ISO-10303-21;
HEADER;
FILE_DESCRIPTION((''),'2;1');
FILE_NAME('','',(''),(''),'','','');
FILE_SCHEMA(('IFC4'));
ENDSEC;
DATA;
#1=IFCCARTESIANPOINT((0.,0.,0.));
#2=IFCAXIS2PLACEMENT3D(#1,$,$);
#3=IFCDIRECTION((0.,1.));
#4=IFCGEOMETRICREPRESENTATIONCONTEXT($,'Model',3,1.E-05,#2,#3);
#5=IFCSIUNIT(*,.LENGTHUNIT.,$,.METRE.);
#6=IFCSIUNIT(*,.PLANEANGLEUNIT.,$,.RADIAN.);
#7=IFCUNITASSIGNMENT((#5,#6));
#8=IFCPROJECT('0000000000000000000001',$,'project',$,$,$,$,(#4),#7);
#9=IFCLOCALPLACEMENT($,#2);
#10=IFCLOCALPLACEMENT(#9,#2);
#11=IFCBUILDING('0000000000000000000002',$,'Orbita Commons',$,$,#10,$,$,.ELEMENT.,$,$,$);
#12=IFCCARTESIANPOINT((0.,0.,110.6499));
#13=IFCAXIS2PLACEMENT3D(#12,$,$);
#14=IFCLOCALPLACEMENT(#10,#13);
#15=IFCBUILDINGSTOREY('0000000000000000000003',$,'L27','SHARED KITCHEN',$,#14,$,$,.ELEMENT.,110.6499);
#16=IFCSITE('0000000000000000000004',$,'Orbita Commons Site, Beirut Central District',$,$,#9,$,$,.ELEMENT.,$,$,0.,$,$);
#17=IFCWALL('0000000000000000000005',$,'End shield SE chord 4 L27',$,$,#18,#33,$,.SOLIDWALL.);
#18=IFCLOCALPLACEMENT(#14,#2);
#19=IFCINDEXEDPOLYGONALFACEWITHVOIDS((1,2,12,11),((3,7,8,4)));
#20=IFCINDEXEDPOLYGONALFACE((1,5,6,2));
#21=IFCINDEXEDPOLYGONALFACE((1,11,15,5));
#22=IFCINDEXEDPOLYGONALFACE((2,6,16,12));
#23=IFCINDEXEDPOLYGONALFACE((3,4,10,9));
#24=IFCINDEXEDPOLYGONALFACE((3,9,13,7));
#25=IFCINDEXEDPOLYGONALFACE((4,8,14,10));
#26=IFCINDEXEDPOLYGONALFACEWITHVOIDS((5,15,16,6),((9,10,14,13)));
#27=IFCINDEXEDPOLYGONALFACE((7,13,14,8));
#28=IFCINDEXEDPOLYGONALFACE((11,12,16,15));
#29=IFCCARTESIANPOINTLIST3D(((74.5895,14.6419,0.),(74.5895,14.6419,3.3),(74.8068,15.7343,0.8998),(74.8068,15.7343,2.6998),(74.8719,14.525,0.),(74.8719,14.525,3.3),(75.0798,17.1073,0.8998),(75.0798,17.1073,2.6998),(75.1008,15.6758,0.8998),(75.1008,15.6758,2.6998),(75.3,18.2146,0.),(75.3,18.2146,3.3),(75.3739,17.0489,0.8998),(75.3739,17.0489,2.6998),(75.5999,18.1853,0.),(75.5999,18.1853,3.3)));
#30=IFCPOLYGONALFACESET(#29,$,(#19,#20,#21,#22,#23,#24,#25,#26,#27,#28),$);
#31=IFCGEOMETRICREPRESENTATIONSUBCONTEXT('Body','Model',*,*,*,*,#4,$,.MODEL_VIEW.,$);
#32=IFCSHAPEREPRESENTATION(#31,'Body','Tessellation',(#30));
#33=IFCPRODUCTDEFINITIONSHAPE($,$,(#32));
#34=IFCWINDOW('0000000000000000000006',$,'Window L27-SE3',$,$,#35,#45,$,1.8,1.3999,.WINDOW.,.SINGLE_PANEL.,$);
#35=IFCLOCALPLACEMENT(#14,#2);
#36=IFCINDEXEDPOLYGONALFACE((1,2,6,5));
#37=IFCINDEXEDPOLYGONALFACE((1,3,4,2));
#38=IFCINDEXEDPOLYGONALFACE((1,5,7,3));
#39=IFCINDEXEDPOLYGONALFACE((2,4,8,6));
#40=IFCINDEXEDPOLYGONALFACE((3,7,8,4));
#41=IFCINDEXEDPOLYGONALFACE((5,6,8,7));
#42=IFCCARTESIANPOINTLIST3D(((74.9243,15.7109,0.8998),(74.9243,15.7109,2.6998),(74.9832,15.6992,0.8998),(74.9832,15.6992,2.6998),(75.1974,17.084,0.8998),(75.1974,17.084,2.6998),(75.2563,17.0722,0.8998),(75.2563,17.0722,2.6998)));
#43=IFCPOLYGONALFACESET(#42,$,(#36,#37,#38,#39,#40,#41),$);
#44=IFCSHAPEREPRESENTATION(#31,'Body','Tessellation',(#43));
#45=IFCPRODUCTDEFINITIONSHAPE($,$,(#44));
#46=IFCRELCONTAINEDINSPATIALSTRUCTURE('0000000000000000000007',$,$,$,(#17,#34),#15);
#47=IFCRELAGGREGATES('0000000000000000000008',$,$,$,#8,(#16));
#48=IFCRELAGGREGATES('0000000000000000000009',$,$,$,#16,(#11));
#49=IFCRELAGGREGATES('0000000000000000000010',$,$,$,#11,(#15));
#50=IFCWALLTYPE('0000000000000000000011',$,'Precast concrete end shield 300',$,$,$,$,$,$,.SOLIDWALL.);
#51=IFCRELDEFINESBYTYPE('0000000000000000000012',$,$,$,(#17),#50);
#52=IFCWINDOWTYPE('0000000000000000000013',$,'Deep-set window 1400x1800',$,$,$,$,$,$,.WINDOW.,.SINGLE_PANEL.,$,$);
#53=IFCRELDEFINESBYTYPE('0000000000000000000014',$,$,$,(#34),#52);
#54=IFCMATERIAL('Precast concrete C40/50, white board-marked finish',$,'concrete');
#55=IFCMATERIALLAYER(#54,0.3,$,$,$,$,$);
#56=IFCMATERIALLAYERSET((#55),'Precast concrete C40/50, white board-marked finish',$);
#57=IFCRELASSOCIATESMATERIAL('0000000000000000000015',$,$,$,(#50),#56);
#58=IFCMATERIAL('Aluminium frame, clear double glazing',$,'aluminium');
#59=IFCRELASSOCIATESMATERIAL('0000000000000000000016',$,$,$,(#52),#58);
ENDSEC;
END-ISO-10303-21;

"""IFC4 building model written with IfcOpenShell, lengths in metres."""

from ifc_helpers import new_model, si_unit, direction, frame, frame_2d, origin, place, context, subcontext, project, spatial, polyline, rectangle, outline, extrude, material, layer, layer_set, type_object, element, fill, save


model = new_model("IFC4")

# Units and contexts
model_context = context("Model", 3, precision=1e-05, world=origin(), true_north=direction((0.0, 1.0)))
body_context = subcontext(model_context, "Body", "Model", "MODEL_VIEW")
ifc_project = project(units=[si_unit("LENGTHUNIT", "METRE"), si_unit("PLANEANGLEUNIT", "RADIAN")], contexts=[model_context])

# Site, building, storey
site_placement = place(None, origin())
site = spatial("IfcSite", under=ifc_project, at=site_placement, Name="Orbita Commons Site, Beirut Central District", CompositionType="ELEMENT", RefElevation=0.0)
building_placement = place(site_placement, origin())
building = spatial("IfcBuilding", under=site, at=building_placement, Name="Orbita Commons", CompositionType="ELEMENT")
storey_placement = place(building_placement, frame((0.0, 0.0, 110.6499)))
storey = spatial("IfcBuildingStorey", under=building, at=storey_placement, Name="L27", Description="SHARED KITCHEN", CompositionType="ELEMENT", Elevation=110.6499)

# Shared definitions
ifc_material_1 = material(Name="Precast concrete C40/50, white board-marked finish", Category="concrete")
ifc_layer_1 = layer(ifc_material_1, 0.3)
ifc_layer_set_1 = layer_set([ifc_layer_1], Name="Precast concrete C40/50, white board-marked finish")
wall_type_1 = type_object("IfcWallType", Name="Precast concrete end shield 300", PredefinedType="SOLIDWALL", material=ifc_layer_set_1)

# Wall, opening, window
ifc_material_2 = material(Name="Aluminium frame, clear double glazing", Category="aluminium")
window_type_1 = type_object("IfcWindowType", Name="Deep-set window 1400x1800", PartitioningType="SINGLE_PANEL", PredefinedType="WINDOW", material=ifc_material_2)
wall_1_placement = place(storey_placement, frame((74.7307, 14.5835, 0.0), z_axis=(0.0, 0.0, 1.0), x_axis=(0.195059, 0.980791, 0.0)))
wall_1 = element("IfcWall", 1, at=wall_1_placement, inside=storey, type_object=wall_type_1, Name="End shield SE chord 4 L27", PredefinedType="SOLIDWALL", context=body_context, shape_type="SweptSolid", body=[
    extrude(outline(polyline([(-0.0298, -0.1499), (3.7021, -0.1499), (3.6724, 0.1499), (0.0298, 0.1499), (-0.0298, -0.1499)])), origin(), (0.0, 0.0, 1.0), 3.3),
])
opening_1_placement = place(wall_1_placement, frame((1.1436, 0.0, 0.8999)))
opening_1 = element("IfcOpeningElement", 2, at=opening_1_placement, cuts=wall_1, PredefinedType="OPENING", context=body_context, shape_type="SweptSolid", body=[
    extrude(rectangle(XDim=1.3999, YDim=1.8, at=frame_2d((0.7, 0.8999))), frame((0.0, 0.1599, 0.0), z_axis=(0.0, -1.0, 0.0), x_axis=(1.0, 0.0, 0.0)), (0.0, 0.0, 1.0), 0.3201),
])
window_1_placement = place(opening_1_placement, origin())
window_1 = element("IfcWindow", 3, at=window_1_placement, inside=storey, type_object=window_type_1, Name="Window L27-SE3", OverallHeight=1.8, OverallWidth=1.3999, PartitioningType="SINGLE_PANEL", PredefinedType="WINDOW", context=body_context, shape_type="SweptSolid", body=[
    extrude(rectangle(XDim=1.3999, YDim=1.8, at=frame_2d((0.7, 0.8999))), frame((0.0, 0.03, 0.0), z_axis=(0.0, -1.0, 0.0), x_axis=(1.0, 0.0, 0.0)), (0.0, 0.0, 1.0), 0.0601),
])
fill(opening_1, window_1)

save(model, "model.ifc")
